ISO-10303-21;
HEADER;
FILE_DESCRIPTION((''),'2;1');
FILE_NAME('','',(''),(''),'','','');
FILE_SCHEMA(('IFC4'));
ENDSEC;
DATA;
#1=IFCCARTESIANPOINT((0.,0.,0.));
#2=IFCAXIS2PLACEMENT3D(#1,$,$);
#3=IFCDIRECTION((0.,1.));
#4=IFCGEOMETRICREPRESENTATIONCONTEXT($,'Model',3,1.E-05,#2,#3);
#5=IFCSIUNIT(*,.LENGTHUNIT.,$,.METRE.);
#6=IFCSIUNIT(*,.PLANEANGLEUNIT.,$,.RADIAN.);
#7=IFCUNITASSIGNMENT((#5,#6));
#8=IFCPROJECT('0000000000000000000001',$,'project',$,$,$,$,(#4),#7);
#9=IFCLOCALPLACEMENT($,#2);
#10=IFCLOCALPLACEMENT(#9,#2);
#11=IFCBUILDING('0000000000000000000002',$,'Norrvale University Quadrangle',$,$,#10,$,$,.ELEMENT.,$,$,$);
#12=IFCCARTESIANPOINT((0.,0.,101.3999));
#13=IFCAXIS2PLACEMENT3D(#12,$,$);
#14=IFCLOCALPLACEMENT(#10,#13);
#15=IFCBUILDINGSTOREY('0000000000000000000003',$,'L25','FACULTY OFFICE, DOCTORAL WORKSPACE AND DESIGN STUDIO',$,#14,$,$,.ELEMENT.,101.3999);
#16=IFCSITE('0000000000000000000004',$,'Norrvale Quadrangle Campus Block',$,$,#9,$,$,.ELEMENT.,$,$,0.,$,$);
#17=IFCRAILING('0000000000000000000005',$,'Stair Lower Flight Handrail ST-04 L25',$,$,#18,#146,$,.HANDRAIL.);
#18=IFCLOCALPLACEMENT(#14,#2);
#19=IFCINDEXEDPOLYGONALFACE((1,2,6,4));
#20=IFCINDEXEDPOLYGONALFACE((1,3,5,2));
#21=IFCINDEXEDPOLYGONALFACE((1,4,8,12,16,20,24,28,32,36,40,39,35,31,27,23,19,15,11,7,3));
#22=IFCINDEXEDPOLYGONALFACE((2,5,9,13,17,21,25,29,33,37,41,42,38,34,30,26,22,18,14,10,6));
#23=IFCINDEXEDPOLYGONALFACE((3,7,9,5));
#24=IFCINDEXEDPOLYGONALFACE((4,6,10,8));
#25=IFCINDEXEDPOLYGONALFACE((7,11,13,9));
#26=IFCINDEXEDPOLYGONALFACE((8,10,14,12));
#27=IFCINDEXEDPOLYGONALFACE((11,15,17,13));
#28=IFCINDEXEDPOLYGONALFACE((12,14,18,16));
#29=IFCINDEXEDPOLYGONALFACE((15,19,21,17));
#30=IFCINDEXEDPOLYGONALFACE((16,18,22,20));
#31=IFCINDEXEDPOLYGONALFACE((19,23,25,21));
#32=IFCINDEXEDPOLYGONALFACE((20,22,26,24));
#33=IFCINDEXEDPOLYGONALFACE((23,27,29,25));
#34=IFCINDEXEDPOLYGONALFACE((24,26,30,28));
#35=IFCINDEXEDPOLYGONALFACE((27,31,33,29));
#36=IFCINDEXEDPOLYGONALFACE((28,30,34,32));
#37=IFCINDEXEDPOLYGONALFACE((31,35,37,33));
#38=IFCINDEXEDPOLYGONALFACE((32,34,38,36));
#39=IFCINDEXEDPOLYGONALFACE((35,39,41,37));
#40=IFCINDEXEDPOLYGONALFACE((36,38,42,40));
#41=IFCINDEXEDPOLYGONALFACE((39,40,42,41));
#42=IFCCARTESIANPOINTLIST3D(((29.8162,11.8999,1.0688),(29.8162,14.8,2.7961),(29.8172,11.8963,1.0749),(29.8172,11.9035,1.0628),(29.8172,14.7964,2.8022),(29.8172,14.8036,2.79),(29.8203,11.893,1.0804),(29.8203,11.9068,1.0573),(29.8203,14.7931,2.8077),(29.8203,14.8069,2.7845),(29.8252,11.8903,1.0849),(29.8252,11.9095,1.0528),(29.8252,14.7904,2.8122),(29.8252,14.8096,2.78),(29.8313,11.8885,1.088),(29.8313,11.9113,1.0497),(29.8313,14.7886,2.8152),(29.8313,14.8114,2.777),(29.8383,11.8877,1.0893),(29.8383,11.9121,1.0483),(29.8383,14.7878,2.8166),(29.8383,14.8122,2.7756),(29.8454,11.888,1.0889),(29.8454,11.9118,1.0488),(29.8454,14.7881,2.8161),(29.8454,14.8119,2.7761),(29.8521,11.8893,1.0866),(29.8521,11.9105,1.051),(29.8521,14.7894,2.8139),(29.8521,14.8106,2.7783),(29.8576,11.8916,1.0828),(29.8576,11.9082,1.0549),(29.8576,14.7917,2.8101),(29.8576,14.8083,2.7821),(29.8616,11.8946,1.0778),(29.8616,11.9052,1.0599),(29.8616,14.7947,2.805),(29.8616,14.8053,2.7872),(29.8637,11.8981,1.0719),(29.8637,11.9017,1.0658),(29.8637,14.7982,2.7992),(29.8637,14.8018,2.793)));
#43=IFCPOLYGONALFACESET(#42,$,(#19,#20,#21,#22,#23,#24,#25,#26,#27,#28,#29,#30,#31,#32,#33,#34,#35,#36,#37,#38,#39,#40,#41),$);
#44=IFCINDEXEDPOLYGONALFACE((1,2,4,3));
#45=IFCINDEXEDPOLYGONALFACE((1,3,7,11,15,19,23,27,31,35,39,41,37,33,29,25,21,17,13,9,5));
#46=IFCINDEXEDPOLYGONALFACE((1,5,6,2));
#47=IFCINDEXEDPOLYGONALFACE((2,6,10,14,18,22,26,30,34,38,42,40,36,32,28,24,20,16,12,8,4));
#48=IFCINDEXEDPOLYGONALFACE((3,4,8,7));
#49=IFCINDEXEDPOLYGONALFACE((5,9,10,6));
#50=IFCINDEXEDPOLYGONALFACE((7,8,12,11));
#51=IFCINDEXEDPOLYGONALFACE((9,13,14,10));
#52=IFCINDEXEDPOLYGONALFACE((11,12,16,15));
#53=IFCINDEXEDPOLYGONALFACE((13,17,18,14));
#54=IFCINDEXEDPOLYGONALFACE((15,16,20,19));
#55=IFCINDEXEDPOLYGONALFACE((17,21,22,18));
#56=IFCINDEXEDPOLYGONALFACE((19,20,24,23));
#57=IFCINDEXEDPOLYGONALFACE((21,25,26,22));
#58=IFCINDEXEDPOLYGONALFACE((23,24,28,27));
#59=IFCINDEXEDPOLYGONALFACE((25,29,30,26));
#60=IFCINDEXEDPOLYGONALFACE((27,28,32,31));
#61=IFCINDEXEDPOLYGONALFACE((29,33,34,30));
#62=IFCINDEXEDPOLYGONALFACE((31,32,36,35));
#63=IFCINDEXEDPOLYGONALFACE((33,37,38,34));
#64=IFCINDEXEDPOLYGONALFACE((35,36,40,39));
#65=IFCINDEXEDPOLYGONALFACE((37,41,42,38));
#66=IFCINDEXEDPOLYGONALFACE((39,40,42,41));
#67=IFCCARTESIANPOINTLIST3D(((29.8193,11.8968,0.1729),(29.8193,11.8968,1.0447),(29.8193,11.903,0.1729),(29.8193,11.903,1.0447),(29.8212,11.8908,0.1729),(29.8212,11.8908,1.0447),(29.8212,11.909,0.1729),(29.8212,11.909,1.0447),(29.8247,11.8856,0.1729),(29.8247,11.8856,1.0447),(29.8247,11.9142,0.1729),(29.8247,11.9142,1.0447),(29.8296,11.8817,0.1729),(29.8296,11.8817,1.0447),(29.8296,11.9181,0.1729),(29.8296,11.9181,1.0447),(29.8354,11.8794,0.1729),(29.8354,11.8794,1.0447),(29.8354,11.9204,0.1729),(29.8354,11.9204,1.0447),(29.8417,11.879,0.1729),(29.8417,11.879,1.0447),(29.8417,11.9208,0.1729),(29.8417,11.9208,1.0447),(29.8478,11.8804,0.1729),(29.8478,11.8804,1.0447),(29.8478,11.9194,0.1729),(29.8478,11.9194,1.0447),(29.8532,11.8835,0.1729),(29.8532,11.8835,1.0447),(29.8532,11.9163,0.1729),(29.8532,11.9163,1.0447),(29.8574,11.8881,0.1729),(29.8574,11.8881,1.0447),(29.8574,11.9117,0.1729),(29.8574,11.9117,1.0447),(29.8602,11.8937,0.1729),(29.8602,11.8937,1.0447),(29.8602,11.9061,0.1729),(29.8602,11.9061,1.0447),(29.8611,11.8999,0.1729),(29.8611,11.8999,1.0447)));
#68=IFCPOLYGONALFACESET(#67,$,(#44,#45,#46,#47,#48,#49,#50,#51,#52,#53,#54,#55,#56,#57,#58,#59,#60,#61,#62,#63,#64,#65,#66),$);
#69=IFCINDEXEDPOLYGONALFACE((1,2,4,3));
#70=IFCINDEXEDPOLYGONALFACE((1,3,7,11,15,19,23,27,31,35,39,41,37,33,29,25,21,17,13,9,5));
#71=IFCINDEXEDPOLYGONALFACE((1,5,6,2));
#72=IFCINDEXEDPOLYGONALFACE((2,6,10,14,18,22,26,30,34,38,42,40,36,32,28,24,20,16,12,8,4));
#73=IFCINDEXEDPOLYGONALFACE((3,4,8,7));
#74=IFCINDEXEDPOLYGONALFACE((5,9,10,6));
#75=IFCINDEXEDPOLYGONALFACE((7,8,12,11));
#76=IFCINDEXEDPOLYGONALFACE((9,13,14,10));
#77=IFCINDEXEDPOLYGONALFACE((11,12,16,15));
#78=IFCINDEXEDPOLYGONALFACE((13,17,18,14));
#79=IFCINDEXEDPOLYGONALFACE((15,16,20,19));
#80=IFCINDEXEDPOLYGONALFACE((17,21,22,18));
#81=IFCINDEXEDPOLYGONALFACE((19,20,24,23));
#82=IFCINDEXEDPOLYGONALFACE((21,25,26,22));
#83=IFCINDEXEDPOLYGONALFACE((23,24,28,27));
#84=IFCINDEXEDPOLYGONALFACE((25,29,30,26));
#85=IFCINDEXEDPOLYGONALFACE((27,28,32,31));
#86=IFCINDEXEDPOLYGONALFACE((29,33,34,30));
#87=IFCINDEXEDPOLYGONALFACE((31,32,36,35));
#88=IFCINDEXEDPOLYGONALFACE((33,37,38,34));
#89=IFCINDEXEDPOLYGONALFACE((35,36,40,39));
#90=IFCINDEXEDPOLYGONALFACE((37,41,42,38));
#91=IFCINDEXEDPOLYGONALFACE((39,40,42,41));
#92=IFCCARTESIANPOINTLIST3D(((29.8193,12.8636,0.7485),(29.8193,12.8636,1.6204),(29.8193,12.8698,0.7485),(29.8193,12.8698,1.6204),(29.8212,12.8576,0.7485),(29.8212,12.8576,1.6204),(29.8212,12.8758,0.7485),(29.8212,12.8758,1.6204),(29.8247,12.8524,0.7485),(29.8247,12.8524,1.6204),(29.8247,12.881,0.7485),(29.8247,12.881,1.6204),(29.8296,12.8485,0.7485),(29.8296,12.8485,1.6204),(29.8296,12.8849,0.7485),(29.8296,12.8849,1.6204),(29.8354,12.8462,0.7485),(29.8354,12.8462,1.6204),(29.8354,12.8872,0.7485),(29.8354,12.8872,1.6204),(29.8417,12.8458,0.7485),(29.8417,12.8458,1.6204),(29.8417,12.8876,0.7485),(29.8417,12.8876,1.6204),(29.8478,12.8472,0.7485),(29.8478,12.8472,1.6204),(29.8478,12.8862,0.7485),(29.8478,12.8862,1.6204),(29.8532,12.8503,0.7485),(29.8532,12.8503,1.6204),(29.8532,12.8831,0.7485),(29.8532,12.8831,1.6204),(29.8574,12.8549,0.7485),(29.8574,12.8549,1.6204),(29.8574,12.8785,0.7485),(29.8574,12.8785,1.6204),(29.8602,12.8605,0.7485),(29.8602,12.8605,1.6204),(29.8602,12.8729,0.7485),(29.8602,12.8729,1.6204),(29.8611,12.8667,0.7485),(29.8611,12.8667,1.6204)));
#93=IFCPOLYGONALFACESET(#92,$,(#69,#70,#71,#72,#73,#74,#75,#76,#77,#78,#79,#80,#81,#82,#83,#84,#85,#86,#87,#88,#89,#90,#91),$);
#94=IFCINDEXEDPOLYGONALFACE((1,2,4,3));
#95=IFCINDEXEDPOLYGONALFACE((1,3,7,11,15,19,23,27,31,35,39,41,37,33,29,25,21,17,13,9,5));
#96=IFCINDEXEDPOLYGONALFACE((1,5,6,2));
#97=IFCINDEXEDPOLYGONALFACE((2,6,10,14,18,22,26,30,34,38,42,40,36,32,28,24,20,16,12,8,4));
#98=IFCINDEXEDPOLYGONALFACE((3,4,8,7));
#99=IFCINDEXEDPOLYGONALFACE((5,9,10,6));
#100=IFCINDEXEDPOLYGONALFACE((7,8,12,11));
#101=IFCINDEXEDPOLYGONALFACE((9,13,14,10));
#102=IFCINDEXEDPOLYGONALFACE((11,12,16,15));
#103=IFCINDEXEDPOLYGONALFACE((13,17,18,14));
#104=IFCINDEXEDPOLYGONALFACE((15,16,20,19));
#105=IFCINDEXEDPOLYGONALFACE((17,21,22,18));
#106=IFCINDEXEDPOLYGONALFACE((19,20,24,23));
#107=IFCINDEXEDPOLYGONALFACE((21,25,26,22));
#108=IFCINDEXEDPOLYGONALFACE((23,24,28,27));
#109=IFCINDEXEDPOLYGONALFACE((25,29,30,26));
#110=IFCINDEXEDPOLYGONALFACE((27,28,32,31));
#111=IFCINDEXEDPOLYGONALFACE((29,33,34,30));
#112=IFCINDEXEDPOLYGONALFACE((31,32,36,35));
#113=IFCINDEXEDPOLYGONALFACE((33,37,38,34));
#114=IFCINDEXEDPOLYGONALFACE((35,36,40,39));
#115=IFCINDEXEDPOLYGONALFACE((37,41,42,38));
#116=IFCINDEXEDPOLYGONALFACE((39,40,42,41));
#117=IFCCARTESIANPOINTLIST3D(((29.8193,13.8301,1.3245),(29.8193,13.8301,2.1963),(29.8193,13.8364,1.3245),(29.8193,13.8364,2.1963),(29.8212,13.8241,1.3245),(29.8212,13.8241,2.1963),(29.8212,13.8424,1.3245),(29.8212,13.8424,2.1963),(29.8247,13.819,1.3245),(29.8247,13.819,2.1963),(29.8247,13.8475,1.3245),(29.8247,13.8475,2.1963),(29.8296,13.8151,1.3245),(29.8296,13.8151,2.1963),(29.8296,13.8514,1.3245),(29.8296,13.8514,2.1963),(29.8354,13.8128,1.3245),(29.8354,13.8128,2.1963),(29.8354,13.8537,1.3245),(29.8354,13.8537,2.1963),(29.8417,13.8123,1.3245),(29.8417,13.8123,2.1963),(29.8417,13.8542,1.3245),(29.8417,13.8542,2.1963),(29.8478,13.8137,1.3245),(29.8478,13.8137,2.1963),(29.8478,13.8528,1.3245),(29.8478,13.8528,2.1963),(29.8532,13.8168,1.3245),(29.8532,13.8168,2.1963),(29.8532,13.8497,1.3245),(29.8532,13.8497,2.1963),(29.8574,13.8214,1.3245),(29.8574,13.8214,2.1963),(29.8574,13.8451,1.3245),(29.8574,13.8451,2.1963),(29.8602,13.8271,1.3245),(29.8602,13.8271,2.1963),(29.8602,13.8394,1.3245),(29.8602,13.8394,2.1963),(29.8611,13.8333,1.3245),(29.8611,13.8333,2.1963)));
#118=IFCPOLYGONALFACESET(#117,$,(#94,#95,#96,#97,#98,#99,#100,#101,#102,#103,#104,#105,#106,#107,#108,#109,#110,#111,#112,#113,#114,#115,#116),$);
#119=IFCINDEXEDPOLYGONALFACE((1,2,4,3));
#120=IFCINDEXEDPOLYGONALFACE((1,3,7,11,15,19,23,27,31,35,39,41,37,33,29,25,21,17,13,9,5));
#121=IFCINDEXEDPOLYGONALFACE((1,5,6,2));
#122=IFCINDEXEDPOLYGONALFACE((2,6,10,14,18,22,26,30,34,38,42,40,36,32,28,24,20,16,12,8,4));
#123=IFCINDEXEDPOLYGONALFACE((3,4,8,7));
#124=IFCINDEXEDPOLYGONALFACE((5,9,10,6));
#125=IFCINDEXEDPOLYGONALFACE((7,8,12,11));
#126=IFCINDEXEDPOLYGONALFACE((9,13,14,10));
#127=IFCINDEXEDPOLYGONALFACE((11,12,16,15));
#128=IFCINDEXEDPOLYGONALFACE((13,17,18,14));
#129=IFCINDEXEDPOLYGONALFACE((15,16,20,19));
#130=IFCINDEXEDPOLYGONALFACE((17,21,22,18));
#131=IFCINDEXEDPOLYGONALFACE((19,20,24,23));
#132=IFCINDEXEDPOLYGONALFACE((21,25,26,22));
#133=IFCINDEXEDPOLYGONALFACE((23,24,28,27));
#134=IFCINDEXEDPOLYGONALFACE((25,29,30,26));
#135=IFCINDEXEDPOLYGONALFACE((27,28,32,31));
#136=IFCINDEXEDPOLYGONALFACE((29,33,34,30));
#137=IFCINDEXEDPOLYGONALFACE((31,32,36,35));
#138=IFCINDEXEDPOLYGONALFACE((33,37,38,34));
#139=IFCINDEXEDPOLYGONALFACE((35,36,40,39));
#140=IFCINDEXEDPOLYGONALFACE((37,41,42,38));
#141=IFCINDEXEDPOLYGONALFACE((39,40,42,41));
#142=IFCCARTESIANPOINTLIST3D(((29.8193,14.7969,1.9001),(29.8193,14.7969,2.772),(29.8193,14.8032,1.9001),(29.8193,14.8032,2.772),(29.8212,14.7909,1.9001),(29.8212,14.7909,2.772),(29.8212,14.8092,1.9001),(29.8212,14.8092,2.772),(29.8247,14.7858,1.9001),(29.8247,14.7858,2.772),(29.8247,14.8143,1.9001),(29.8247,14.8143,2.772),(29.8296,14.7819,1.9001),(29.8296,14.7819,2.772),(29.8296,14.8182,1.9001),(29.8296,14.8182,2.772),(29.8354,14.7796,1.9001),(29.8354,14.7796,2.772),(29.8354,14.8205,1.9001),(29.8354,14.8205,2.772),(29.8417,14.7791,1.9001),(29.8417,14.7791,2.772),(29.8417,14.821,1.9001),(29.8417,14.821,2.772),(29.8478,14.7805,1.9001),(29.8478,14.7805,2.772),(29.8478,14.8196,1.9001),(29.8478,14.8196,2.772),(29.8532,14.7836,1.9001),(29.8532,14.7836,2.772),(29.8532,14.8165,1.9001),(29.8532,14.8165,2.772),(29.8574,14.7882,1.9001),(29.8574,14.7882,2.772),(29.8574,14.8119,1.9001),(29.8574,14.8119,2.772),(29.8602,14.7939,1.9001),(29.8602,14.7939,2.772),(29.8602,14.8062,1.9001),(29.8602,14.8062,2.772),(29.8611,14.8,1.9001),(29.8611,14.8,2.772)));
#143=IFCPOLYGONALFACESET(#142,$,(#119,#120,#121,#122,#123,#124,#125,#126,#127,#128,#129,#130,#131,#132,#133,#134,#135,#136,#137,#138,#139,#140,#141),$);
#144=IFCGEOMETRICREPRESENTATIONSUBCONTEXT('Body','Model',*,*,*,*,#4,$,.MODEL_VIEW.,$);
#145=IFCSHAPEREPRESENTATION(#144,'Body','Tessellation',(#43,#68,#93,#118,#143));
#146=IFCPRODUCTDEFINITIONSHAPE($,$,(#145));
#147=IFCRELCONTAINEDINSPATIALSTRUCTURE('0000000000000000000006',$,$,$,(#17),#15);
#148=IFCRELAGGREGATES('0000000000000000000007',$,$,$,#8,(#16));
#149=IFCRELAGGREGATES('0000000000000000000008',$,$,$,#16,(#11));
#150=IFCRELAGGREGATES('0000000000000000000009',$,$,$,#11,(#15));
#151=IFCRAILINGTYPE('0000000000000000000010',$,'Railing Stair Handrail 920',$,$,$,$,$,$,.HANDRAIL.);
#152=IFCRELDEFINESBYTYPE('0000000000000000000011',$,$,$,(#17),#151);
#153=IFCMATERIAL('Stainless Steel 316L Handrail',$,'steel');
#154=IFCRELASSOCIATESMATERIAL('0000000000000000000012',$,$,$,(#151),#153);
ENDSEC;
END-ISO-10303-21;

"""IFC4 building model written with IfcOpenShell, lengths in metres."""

from ifc_helpers import new_model, si_unit, direction, frame, origin, origin_2d, place, context, subcontext, project, spatial, circle, extrude, material, type_object, element, save


model = new_model("IFC4")

# Units and contexts
model_context = context("Model", 3, precision=1e-05, world=origin(), true_north=direction((0.0, 1.0)))
body_context = subcontext(model_context, "Body", "Model", "MODEL_VIEW")
ifc_project = project(units=[si_unit("LENGTHUNIT", "METRE"), si_unit("PLANEANGLEUNIT", "RADIAN")], contexts=[model_context])

# Site, building, storey
site_placement = place(None, origin())
site = spatial("IfcSite", under=ifc_project, at=site_placement, Name="Norrvale Quadrangle Campus Block", CompositionType="ELEMENT", RefElevation=0.0)
building_placement = place(site_placement, origin())
building = spatial("IfcBuilding", under=site, at=building_placement, Name="Norrvale University Quadrangle", CompositionType="ELEMENT")
storey_placement = place(building_placement, frame((0.0, 0.0, 101.3999)))
storey = spatial("IfcBuildingStorey", under=building, at=storey_placement, Name="L25", Description="FACULTY OFFICE, DOCTORAL WORKSPACE AND DESIGN STUDIO", CompositionType="ELEMENT", Elevation=101.3999)

# Railing
ifc_material_1 = material(Name="Stainless Steel 316L Handrail", Category="steel")
railing_type_1 = type_object("IfcRailingType", Name="Railing Stair Handrail 920", PredefinedType="HANDRAIL", material=ifc_material_1)
railing_1_placement = place(storey_placement, frame((29.8401, 11.8999, 0.1729)))
element("IfcRailing", 1, at=railing_1_placement, inside=storey, type_object=railing_type_1, Name="Stair Lower Flight Handrail ST-04 L25", PredefinedType="HANDRAIL", context=body_context, shape_type="SweptSolid", body=[
    extrude(circle(Radius=0.0239, at=origin_2d()), frame((0.0, 0.0, 0.896), z_axis=(0.0, 0.85916, 0.511706), x_axis=(-1.0, 0.0, 0.0)), (0.0, 0.0, 1.0), 3.3755),
    extrude(circle(Radius=0.021, at=origin_2d()), origin(), (0.0, 0.0, 1.0), 0.8718),
    extrude(circle(Radius=0.021, at=origin_2d()), frame((0.0, 0.9668, 0.5757)), (0.0, 0.0, 1.0), 0.8718),
    extrude(circle(Radius=0.021, at=origin_2d()), frame((0.0, 1.9333, 1.1516)), (0.0, 0.0, 1.0), 0.8718),
    extrude(circle(Radius=0.021, at=origin_2d()), frame((0.0, 2.9001, 1.7273)), (0.0, 0.0, 1.0), 0.8718),
])

save(model, "model.ifc")
